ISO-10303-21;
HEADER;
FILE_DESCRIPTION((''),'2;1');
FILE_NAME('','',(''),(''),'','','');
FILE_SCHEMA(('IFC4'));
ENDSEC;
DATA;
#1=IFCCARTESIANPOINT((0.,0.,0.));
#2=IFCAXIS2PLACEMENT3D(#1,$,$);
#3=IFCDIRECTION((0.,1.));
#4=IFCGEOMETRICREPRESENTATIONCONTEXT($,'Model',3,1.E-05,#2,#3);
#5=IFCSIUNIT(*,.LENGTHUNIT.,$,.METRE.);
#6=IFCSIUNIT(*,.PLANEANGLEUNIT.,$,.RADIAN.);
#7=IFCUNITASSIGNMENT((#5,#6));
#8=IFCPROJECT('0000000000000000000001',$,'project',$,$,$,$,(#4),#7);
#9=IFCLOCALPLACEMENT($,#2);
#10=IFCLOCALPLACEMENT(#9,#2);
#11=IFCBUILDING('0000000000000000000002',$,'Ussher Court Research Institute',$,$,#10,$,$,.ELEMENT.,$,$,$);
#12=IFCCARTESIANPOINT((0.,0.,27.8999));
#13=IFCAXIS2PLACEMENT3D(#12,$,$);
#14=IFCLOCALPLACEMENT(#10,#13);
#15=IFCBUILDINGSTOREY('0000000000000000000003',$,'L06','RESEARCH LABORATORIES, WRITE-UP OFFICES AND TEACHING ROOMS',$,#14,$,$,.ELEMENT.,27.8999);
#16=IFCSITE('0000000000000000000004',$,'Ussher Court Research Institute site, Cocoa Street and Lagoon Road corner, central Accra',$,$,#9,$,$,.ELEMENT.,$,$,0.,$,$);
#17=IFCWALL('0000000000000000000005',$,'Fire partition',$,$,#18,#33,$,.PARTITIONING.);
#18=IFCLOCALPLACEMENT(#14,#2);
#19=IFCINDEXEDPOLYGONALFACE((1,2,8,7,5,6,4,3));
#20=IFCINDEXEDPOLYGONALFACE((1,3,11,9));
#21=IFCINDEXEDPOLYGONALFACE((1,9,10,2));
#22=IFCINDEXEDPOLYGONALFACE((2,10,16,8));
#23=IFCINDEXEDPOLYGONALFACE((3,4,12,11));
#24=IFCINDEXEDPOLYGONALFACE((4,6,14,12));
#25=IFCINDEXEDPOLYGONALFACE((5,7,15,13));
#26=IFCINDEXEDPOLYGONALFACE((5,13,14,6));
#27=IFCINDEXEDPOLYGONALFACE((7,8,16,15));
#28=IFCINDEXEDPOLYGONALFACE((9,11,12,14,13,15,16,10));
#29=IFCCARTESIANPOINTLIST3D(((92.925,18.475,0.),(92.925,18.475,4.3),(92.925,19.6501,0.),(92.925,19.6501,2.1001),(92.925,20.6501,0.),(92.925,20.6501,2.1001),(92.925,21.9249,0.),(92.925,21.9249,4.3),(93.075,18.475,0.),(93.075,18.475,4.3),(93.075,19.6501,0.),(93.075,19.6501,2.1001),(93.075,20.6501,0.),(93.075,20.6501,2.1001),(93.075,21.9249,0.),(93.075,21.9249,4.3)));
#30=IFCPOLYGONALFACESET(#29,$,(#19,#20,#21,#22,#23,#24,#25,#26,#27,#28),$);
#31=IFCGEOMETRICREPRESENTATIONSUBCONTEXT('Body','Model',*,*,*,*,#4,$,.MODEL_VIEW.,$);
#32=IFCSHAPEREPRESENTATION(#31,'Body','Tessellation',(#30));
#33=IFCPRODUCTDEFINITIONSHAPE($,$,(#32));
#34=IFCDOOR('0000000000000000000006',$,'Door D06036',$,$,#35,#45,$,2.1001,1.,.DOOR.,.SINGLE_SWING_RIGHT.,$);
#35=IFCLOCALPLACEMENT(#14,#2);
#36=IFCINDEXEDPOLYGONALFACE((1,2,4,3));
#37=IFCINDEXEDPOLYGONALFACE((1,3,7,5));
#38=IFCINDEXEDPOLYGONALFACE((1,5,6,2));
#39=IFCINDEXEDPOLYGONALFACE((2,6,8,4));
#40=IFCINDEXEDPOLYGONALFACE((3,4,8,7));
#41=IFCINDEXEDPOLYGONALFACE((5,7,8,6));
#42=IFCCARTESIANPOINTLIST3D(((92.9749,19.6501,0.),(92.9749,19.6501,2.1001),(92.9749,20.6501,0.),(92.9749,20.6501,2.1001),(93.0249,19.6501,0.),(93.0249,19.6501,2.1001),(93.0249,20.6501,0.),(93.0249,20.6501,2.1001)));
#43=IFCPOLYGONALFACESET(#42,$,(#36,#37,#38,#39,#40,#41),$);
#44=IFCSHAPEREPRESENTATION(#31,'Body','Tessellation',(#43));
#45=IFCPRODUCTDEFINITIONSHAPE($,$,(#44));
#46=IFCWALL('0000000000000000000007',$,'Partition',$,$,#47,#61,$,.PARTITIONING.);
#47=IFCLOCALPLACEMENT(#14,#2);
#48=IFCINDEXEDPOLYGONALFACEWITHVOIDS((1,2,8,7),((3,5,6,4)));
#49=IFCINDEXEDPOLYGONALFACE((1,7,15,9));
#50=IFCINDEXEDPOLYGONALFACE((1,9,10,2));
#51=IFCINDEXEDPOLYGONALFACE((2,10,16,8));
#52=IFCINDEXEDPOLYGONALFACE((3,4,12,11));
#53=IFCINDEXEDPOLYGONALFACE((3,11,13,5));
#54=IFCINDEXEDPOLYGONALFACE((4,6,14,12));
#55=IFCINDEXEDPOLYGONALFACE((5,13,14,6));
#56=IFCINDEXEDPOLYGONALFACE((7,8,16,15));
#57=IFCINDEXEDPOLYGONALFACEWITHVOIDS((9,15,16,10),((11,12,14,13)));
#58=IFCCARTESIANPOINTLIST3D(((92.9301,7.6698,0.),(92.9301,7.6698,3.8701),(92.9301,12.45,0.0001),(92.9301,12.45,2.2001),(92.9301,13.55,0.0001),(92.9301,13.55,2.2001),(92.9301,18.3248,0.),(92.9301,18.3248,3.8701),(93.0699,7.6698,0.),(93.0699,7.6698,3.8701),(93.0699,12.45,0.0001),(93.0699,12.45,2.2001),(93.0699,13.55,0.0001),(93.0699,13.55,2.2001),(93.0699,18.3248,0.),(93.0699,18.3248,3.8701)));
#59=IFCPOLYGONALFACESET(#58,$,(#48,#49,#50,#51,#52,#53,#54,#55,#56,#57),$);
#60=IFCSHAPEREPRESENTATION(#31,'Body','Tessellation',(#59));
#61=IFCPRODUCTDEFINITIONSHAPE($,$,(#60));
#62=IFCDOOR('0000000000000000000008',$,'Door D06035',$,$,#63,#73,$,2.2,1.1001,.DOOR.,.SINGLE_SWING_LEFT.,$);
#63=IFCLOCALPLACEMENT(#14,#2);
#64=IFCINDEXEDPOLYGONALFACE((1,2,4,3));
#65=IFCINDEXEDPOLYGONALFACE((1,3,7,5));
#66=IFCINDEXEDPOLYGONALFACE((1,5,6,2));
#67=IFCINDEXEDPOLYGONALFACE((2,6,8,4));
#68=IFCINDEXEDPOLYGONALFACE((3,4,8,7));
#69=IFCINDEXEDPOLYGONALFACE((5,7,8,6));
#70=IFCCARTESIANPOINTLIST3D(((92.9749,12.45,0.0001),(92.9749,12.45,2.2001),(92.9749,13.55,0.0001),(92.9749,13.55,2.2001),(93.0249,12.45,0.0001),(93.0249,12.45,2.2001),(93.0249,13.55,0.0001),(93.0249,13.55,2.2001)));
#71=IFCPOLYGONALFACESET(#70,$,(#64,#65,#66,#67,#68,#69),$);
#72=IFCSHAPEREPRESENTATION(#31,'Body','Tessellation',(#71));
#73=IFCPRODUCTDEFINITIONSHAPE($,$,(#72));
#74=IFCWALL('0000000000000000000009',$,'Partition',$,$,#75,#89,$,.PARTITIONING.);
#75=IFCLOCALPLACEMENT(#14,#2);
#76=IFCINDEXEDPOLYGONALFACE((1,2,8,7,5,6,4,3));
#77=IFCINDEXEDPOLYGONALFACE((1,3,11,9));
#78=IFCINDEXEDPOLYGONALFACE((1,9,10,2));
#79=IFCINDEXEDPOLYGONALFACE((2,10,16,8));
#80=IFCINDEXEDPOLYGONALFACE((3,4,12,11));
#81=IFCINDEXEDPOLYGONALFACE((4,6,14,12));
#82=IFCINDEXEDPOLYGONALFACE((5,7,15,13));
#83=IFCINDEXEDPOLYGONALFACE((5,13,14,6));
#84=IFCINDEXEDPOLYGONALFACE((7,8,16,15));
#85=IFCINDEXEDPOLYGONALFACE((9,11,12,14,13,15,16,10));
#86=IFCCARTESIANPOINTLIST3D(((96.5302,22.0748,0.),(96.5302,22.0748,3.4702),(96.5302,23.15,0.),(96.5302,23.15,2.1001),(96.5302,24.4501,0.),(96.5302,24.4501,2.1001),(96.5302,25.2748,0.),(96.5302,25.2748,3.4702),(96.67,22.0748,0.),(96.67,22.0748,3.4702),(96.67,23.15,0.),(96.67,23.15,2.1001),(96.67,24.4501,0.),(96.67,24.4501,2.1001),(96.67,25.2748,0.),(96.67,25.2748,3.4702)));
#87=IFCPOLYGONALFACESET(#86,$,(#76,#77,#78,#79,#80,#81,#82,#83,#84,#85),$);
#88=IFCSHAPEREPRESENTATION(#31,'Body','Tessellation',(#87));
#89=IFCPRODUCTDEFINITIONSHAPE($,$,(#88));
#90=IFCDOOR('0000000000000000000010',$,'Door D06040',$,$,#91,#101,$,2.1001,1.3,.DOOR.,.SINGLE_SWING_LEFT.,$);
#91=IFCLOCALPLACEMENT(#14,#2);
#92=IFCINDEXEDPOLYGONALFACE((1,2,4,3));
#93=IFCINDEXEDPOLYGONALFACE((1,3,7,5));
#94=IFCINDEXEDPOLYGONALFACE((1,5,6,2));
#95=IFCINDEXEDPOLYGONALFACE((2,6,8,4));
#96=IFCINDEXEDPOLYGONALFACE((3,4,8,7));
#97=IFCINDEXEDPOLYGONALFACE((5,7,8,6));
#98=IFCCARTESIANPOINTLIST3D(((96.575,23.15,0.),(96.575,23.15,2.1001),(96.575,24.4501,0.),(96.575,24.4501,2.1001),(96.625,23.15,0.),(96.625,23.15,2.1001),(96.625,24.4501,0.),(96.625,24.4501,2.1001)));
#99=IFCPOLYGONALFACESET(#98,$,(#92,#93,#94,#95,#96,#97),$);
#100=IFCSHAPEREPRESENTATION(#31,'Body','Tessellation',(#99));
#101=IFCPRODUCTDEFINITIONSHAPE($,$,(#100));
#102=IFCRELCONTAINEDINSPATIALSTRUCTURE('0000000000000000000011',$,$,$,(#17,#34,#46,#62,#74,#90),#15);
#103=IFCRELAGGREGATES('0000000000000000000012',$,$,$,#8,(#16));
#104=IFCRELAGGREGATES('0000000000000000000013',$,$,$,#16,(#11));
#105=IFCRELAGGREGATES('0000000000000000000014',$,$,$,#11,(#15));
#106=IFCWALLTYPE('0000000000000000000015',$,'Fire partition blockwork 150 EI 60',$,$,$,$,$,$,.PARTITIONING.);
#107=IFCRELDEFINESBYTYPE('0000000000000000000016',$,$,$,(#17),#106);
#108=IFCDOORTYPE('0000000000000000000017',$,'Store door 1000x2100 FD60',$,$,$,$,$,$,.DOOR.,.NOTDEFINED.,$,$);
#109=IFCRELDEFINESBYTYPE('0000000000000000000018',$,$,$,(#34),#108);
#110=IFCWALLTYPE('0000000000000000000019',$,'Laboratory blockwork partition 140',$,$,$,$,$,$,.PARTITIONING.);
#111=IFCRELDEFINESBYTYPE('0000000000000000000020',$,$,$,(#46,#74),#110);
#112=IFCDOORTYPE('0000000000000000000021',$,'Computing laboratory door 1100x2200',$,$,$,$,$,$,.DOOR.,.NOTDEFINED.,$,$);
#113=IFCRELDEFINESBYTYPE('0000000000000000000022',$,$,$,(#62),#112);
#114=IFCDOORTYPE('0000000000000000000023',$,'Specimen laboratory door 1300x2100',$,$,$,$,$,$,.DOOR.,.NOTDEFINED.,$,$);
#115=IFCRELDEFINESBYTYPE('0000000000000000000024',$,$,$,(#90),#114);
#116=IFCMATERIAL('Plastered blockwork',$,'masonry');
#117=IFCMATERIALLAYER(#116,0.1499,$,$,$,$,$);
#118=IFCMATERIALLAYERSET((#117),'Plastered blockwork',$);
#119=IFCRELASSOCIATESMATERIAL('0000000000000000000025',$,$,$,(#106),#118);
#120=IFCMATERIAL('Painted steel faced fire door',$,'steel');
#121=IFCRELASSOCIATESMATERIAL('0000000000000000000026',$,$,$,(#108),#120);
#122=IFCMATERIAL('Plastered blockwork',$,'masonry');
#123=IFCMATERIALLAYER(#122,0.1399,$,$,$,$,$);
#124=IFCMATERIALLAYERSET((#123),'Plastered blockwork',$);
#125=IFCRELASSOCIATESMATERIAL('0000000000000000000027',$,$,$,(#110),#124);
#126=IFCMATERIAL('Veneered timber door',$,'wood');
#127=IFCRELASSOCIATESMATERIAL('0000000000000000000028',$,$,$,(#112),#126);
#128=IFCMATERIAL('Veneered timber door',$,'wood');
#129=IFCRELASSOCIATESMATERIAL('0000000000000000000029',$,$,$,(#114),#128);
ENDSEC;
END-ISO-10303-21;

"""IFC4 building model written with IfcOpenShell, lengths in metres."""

from ifc_helpers import new_model, si_unit, direction, frame, frame_2d, origin, place, context, subcontext, project, spatial, rectangle, extrude, material, layer, layer_set, type_object, element, fill, save


model = new_model("IFC4")

# Units and contexts
model_context = context("Model", 3, precision=1e-05, world=origin(), true_north=direction((0.0, 1.0)))
body_context = subcontext(model_context, "Body", "Model", "MODEL_VIEW")
ifc_project = project(units=[si_unit("LENGTHUNIT", "METRE"), si_unit("PLANEANGLEUNIT", "RADIAN")], contexts=[model_context])

# Site, building, storey
site_placement = place(None, origin())
site = spatial("IfcSite", under=ifc_project, at=site_placement, Name="Ussher Court Research Institute site, Cocoa Street and Lagoon Road corner, central Accra", CompositionType="ELEMENT", RefElevation=0.0)
building_placement = place(site_placement, origin())
building = spatial("IfcBuilding", under=site, at=building_placement, Name="Ussher Court Research Institute", CompositionType="ELEMENT")
storey_placement = place(building_placement, frame((0.0, 0.0, 27.8999)))
storey = spatial("IfcBuildingStorey", under=building, at=storey_placement, Name="L06", Description="RESEARCH LABORATORIES, WRITE-UP OFFICES AND TEACHING ROOMS", CompositionType="ELEMENT", Elevation=27.8999)

# Shared definitions
ifc_material_1 = material(Name="Plastered blockwork", Category="masonry")
ifc_layer_1 = layer(ifc_material_1, 0.1499)
ifc_layer_set_1 = layer_set([ifc_layer_1], Name="Plastered blockwork")
wall_type_1 = type_object("IfcWallType", Name="Fire partition blockwork 150 EI 60", PredefinedType="PARTITIONING", material=ifc_layer_set_1)

# Walls, openings, doors
wall_1_placement = place(storey_placement, frame((93.0, 21.925, 0.0), z_axis=(0.0, 0.0, 1.0), x_axis=(0.0, -1.0, 0.0)))
wall_1 = element("IfcWall", 1, at=wall_1_placement, inside=storey, type_object=wall_type_1, Name="Fire partition", PredefinedType="PARTITIONING", context=body_context, shape_type="SweptSolid", body=[
    extrude(rectangle(XDim=3.45, YDim=0.1499, at=frame_2d((1.7251, 0.0))), origin(), (0.0, 0.0, 1.0), 4.3),
])
opening_1_placement = place(wall_1_placement, frame((1.2749, 0.0, 0.0)))
opening_1 = element("IfcOpeningElement", 2, at=opening_1_placement, cuts=wall_1, PredefinedType="OPENING", context=body_context, shape_type="SweptSolid", body=[
    extrude(rectangle(XDim=1.0, YDim=2.1001, at=frame_2d((0.5, 1.05))), frame((0.0, 0.085, 0.0), z_axis=(0.0, -1.0, 0.0), x_axis=(1.0, 0.0, 0.0)), (0.0, 0.0, 1.0), 0.1699),
])
ifc_material_2 = material(Name="Painted steel faced fire door", Category="steel")
door_type_1 = type_object("IfcDoorType", Name="Store door 1000x2100 FD60", OperationType="NOTDEFINED", PredefinedType="DOOR", material=ifc_material_2)
door_1_placement = place(opening_1_placement, origin())
door_1 = element("IfcDoor", 3, at=door_1_placement, inside=storey, type_object=door_type_1, Name="Door D06036", OperationType="SINGLE_SWING_RIGHT", OverallHeight=2.1001, OverallWidth=1.0, PredefinedType="DOOR", context=body_context, shape_type="SweptSolid", body=[
    extrude(rectangle(XDim=1.0, YDim=2.1001, at=frame_2d((0.5, 1.05))), frame((0.0, 0.0249, 0.0), z_axis=(0.0, -1.0, 0.0), x_axis=(1.0, 0.0, 0.0)), (0.0, 0.0, 1.0), 0.05),
])
fill(opening_1, door_1)
ifc_material_3 = material(Name="Plastered blockwork", Category="masonry")
ifc_layer_2 = layer(ifc_material_3, 0.1399)
ifc_layer_set_2 = layer_set([ifc_layer_2], Name="Plastered blockwork")
wall_type_2 = type_object("IfcWallType", Name="Laboratory blockwork partition 140", PredefinedType="PARTITIONING", material=ifc_layer_set_2)
wall_2_placement = place(storey_placement, frame((93.0, 18.325, 0.0), z_axis=(0.0, 0.0, 1.0), x_axis=(0.0, -1.0, 0.0)))
wall_2 = element("IfcWall", 4, at=wall_2_placement, inside=storey, type_object=wall_type_2, Name="Partition", PredefinedType="PARTITIONING", context=body_context, shape_type="SweptSolid", body=[
    extrude(rectangle(XDim=10.655, YDim=0.1399, at=frame_2d((5.3276, 0.0))), origin(), (0.0, 0.0, 1.0), 3.8701),
])
opening_2_placement = place(wall_2_placement, frame((4.7749, 0.0, 0.0)))
opening_2 = element("IfcOpeningElement", 5, at=opening_2_placement, cuts=wall_2, PredefinedType="OPENING", context=body_context, shape_type="SweptSolid", body=[
    extrude(rectangle(XDim=1.1001, YDim=2.2, at=frame_2d((0.55, 1.1001))), frame((0.0, 0.0801, 0.0), z_axis=(0.0, -1.0, 0.0), x_axis=(1.0, 0.0, 0.0)), (0.0, 0.0, 1.0), 0.1599),
])
ifc_material_4 = material(Name="Veneered timber door", Category="wood")
door_type_2 = type_object("IfcDoorType", Name="Computing laboratory door 1100x2200", OperationType="NOTDEFINED", PredefinedType="DOOR", material=ifc_material_4)
door_2_placement = place(opening_2_placement, origin())
door_2 = element("IfcDoor", 6, at=door_2_placement, inside=storey, type_object=door_type_2, Name="Door D06035", OperationType="SINGLE_SWING_LEFT", OverallHeight=2.2, OverallWidth=1.1001, PredefinedType="DOOR", context=body_context, shape_type="SweptSolid", body=[
    extrude(rectangle(XDim=1.1001, YDim=2.2, at=frame_2d((0.55, 1.1001))), frame((0.0, 0.0249, 0.0), z_axis=(0.0, -1.0, 0.0), x_axis=(1.0, 0.0, 0.0)), (0.0, 0.0, 1.0), 0.05),
])
fill(opening_2, door_2)
wall_3_placement = place(storey_placement, frame((96.6001, 25.2749, 0.0), z_axis=(0.0, 0.0, 1.0), x_axis=(0.0, -1.0, 0.0)))
wall_3 = element("IfcWall", 7, at=wall_3_placement, inside=storey, type_object=wall_type_2, Name="Partition", PredefinedType="PARTITIONING", context=body_context, shape_type="SweptSolid", body=[
    extrude(rectangle(XDim=3.2, YDim=0.1399, at=frame_2d((1.6001, 0.0))), origin(), (0.0, 0.0, 1.0), 3.4702),
])
opening_3_placement = place(wall_3_placement, frame((0.825, 0.0, 0.0)))
opening_3 = element("IfcOpeningElement", 8, at=opening_3_placement, cuts=wall_3, PredefinedType="OPENING", context=body_context, shape_type="SweptSolid", body=[
    extrude(rectangle(XDim=1.3, YDim=2.1001, at=frame_2d((0.6499, 1.05))), frame((0.0, 0.0801, 0.0), z_axis=(0.0, -1.0, 0.0), x_axis=(1.0, 0.0, 0.0)), (0.0, 0.0, 1.0), 0.1599),
])
ifc_material_5 = material(Name="Veneered timber door", Category="wood")
door_type_3 = type_object("IfcDoorType", Name="Specimen laboratory door 1300x2100", OperationType="NOTDEFINED", PredefinedType="DOOR", material=ifc_material_5)
door_3_placement = place(opening_3_placement, origin())
door_3 = element("IfcDoor", 9, at=door_3_placement, inside=storey, type_object=door_type_3, Name="Door D06040", OperationType="SINGLE_SWING_LEFT", OverallHeight=2.1001, OverallWidth=1.3, PredefinedType="DOOR", context=body_context, shape_type="SweptSolid", body=[
    extrude(rectangle(XDim=1.3, YDim=2.1001, at=frame_2d((0.6499, 1.05))), frame((0.0, 0.0249, 0.0), z_axis=(0.0, -1.0, 0.0), x_axis=(1.0, 0.0, 0.0)), (0.0, 0.0, 1.0), 0.05),
])
fill(opening_3, door_3)

save(model, "model.ifc")
